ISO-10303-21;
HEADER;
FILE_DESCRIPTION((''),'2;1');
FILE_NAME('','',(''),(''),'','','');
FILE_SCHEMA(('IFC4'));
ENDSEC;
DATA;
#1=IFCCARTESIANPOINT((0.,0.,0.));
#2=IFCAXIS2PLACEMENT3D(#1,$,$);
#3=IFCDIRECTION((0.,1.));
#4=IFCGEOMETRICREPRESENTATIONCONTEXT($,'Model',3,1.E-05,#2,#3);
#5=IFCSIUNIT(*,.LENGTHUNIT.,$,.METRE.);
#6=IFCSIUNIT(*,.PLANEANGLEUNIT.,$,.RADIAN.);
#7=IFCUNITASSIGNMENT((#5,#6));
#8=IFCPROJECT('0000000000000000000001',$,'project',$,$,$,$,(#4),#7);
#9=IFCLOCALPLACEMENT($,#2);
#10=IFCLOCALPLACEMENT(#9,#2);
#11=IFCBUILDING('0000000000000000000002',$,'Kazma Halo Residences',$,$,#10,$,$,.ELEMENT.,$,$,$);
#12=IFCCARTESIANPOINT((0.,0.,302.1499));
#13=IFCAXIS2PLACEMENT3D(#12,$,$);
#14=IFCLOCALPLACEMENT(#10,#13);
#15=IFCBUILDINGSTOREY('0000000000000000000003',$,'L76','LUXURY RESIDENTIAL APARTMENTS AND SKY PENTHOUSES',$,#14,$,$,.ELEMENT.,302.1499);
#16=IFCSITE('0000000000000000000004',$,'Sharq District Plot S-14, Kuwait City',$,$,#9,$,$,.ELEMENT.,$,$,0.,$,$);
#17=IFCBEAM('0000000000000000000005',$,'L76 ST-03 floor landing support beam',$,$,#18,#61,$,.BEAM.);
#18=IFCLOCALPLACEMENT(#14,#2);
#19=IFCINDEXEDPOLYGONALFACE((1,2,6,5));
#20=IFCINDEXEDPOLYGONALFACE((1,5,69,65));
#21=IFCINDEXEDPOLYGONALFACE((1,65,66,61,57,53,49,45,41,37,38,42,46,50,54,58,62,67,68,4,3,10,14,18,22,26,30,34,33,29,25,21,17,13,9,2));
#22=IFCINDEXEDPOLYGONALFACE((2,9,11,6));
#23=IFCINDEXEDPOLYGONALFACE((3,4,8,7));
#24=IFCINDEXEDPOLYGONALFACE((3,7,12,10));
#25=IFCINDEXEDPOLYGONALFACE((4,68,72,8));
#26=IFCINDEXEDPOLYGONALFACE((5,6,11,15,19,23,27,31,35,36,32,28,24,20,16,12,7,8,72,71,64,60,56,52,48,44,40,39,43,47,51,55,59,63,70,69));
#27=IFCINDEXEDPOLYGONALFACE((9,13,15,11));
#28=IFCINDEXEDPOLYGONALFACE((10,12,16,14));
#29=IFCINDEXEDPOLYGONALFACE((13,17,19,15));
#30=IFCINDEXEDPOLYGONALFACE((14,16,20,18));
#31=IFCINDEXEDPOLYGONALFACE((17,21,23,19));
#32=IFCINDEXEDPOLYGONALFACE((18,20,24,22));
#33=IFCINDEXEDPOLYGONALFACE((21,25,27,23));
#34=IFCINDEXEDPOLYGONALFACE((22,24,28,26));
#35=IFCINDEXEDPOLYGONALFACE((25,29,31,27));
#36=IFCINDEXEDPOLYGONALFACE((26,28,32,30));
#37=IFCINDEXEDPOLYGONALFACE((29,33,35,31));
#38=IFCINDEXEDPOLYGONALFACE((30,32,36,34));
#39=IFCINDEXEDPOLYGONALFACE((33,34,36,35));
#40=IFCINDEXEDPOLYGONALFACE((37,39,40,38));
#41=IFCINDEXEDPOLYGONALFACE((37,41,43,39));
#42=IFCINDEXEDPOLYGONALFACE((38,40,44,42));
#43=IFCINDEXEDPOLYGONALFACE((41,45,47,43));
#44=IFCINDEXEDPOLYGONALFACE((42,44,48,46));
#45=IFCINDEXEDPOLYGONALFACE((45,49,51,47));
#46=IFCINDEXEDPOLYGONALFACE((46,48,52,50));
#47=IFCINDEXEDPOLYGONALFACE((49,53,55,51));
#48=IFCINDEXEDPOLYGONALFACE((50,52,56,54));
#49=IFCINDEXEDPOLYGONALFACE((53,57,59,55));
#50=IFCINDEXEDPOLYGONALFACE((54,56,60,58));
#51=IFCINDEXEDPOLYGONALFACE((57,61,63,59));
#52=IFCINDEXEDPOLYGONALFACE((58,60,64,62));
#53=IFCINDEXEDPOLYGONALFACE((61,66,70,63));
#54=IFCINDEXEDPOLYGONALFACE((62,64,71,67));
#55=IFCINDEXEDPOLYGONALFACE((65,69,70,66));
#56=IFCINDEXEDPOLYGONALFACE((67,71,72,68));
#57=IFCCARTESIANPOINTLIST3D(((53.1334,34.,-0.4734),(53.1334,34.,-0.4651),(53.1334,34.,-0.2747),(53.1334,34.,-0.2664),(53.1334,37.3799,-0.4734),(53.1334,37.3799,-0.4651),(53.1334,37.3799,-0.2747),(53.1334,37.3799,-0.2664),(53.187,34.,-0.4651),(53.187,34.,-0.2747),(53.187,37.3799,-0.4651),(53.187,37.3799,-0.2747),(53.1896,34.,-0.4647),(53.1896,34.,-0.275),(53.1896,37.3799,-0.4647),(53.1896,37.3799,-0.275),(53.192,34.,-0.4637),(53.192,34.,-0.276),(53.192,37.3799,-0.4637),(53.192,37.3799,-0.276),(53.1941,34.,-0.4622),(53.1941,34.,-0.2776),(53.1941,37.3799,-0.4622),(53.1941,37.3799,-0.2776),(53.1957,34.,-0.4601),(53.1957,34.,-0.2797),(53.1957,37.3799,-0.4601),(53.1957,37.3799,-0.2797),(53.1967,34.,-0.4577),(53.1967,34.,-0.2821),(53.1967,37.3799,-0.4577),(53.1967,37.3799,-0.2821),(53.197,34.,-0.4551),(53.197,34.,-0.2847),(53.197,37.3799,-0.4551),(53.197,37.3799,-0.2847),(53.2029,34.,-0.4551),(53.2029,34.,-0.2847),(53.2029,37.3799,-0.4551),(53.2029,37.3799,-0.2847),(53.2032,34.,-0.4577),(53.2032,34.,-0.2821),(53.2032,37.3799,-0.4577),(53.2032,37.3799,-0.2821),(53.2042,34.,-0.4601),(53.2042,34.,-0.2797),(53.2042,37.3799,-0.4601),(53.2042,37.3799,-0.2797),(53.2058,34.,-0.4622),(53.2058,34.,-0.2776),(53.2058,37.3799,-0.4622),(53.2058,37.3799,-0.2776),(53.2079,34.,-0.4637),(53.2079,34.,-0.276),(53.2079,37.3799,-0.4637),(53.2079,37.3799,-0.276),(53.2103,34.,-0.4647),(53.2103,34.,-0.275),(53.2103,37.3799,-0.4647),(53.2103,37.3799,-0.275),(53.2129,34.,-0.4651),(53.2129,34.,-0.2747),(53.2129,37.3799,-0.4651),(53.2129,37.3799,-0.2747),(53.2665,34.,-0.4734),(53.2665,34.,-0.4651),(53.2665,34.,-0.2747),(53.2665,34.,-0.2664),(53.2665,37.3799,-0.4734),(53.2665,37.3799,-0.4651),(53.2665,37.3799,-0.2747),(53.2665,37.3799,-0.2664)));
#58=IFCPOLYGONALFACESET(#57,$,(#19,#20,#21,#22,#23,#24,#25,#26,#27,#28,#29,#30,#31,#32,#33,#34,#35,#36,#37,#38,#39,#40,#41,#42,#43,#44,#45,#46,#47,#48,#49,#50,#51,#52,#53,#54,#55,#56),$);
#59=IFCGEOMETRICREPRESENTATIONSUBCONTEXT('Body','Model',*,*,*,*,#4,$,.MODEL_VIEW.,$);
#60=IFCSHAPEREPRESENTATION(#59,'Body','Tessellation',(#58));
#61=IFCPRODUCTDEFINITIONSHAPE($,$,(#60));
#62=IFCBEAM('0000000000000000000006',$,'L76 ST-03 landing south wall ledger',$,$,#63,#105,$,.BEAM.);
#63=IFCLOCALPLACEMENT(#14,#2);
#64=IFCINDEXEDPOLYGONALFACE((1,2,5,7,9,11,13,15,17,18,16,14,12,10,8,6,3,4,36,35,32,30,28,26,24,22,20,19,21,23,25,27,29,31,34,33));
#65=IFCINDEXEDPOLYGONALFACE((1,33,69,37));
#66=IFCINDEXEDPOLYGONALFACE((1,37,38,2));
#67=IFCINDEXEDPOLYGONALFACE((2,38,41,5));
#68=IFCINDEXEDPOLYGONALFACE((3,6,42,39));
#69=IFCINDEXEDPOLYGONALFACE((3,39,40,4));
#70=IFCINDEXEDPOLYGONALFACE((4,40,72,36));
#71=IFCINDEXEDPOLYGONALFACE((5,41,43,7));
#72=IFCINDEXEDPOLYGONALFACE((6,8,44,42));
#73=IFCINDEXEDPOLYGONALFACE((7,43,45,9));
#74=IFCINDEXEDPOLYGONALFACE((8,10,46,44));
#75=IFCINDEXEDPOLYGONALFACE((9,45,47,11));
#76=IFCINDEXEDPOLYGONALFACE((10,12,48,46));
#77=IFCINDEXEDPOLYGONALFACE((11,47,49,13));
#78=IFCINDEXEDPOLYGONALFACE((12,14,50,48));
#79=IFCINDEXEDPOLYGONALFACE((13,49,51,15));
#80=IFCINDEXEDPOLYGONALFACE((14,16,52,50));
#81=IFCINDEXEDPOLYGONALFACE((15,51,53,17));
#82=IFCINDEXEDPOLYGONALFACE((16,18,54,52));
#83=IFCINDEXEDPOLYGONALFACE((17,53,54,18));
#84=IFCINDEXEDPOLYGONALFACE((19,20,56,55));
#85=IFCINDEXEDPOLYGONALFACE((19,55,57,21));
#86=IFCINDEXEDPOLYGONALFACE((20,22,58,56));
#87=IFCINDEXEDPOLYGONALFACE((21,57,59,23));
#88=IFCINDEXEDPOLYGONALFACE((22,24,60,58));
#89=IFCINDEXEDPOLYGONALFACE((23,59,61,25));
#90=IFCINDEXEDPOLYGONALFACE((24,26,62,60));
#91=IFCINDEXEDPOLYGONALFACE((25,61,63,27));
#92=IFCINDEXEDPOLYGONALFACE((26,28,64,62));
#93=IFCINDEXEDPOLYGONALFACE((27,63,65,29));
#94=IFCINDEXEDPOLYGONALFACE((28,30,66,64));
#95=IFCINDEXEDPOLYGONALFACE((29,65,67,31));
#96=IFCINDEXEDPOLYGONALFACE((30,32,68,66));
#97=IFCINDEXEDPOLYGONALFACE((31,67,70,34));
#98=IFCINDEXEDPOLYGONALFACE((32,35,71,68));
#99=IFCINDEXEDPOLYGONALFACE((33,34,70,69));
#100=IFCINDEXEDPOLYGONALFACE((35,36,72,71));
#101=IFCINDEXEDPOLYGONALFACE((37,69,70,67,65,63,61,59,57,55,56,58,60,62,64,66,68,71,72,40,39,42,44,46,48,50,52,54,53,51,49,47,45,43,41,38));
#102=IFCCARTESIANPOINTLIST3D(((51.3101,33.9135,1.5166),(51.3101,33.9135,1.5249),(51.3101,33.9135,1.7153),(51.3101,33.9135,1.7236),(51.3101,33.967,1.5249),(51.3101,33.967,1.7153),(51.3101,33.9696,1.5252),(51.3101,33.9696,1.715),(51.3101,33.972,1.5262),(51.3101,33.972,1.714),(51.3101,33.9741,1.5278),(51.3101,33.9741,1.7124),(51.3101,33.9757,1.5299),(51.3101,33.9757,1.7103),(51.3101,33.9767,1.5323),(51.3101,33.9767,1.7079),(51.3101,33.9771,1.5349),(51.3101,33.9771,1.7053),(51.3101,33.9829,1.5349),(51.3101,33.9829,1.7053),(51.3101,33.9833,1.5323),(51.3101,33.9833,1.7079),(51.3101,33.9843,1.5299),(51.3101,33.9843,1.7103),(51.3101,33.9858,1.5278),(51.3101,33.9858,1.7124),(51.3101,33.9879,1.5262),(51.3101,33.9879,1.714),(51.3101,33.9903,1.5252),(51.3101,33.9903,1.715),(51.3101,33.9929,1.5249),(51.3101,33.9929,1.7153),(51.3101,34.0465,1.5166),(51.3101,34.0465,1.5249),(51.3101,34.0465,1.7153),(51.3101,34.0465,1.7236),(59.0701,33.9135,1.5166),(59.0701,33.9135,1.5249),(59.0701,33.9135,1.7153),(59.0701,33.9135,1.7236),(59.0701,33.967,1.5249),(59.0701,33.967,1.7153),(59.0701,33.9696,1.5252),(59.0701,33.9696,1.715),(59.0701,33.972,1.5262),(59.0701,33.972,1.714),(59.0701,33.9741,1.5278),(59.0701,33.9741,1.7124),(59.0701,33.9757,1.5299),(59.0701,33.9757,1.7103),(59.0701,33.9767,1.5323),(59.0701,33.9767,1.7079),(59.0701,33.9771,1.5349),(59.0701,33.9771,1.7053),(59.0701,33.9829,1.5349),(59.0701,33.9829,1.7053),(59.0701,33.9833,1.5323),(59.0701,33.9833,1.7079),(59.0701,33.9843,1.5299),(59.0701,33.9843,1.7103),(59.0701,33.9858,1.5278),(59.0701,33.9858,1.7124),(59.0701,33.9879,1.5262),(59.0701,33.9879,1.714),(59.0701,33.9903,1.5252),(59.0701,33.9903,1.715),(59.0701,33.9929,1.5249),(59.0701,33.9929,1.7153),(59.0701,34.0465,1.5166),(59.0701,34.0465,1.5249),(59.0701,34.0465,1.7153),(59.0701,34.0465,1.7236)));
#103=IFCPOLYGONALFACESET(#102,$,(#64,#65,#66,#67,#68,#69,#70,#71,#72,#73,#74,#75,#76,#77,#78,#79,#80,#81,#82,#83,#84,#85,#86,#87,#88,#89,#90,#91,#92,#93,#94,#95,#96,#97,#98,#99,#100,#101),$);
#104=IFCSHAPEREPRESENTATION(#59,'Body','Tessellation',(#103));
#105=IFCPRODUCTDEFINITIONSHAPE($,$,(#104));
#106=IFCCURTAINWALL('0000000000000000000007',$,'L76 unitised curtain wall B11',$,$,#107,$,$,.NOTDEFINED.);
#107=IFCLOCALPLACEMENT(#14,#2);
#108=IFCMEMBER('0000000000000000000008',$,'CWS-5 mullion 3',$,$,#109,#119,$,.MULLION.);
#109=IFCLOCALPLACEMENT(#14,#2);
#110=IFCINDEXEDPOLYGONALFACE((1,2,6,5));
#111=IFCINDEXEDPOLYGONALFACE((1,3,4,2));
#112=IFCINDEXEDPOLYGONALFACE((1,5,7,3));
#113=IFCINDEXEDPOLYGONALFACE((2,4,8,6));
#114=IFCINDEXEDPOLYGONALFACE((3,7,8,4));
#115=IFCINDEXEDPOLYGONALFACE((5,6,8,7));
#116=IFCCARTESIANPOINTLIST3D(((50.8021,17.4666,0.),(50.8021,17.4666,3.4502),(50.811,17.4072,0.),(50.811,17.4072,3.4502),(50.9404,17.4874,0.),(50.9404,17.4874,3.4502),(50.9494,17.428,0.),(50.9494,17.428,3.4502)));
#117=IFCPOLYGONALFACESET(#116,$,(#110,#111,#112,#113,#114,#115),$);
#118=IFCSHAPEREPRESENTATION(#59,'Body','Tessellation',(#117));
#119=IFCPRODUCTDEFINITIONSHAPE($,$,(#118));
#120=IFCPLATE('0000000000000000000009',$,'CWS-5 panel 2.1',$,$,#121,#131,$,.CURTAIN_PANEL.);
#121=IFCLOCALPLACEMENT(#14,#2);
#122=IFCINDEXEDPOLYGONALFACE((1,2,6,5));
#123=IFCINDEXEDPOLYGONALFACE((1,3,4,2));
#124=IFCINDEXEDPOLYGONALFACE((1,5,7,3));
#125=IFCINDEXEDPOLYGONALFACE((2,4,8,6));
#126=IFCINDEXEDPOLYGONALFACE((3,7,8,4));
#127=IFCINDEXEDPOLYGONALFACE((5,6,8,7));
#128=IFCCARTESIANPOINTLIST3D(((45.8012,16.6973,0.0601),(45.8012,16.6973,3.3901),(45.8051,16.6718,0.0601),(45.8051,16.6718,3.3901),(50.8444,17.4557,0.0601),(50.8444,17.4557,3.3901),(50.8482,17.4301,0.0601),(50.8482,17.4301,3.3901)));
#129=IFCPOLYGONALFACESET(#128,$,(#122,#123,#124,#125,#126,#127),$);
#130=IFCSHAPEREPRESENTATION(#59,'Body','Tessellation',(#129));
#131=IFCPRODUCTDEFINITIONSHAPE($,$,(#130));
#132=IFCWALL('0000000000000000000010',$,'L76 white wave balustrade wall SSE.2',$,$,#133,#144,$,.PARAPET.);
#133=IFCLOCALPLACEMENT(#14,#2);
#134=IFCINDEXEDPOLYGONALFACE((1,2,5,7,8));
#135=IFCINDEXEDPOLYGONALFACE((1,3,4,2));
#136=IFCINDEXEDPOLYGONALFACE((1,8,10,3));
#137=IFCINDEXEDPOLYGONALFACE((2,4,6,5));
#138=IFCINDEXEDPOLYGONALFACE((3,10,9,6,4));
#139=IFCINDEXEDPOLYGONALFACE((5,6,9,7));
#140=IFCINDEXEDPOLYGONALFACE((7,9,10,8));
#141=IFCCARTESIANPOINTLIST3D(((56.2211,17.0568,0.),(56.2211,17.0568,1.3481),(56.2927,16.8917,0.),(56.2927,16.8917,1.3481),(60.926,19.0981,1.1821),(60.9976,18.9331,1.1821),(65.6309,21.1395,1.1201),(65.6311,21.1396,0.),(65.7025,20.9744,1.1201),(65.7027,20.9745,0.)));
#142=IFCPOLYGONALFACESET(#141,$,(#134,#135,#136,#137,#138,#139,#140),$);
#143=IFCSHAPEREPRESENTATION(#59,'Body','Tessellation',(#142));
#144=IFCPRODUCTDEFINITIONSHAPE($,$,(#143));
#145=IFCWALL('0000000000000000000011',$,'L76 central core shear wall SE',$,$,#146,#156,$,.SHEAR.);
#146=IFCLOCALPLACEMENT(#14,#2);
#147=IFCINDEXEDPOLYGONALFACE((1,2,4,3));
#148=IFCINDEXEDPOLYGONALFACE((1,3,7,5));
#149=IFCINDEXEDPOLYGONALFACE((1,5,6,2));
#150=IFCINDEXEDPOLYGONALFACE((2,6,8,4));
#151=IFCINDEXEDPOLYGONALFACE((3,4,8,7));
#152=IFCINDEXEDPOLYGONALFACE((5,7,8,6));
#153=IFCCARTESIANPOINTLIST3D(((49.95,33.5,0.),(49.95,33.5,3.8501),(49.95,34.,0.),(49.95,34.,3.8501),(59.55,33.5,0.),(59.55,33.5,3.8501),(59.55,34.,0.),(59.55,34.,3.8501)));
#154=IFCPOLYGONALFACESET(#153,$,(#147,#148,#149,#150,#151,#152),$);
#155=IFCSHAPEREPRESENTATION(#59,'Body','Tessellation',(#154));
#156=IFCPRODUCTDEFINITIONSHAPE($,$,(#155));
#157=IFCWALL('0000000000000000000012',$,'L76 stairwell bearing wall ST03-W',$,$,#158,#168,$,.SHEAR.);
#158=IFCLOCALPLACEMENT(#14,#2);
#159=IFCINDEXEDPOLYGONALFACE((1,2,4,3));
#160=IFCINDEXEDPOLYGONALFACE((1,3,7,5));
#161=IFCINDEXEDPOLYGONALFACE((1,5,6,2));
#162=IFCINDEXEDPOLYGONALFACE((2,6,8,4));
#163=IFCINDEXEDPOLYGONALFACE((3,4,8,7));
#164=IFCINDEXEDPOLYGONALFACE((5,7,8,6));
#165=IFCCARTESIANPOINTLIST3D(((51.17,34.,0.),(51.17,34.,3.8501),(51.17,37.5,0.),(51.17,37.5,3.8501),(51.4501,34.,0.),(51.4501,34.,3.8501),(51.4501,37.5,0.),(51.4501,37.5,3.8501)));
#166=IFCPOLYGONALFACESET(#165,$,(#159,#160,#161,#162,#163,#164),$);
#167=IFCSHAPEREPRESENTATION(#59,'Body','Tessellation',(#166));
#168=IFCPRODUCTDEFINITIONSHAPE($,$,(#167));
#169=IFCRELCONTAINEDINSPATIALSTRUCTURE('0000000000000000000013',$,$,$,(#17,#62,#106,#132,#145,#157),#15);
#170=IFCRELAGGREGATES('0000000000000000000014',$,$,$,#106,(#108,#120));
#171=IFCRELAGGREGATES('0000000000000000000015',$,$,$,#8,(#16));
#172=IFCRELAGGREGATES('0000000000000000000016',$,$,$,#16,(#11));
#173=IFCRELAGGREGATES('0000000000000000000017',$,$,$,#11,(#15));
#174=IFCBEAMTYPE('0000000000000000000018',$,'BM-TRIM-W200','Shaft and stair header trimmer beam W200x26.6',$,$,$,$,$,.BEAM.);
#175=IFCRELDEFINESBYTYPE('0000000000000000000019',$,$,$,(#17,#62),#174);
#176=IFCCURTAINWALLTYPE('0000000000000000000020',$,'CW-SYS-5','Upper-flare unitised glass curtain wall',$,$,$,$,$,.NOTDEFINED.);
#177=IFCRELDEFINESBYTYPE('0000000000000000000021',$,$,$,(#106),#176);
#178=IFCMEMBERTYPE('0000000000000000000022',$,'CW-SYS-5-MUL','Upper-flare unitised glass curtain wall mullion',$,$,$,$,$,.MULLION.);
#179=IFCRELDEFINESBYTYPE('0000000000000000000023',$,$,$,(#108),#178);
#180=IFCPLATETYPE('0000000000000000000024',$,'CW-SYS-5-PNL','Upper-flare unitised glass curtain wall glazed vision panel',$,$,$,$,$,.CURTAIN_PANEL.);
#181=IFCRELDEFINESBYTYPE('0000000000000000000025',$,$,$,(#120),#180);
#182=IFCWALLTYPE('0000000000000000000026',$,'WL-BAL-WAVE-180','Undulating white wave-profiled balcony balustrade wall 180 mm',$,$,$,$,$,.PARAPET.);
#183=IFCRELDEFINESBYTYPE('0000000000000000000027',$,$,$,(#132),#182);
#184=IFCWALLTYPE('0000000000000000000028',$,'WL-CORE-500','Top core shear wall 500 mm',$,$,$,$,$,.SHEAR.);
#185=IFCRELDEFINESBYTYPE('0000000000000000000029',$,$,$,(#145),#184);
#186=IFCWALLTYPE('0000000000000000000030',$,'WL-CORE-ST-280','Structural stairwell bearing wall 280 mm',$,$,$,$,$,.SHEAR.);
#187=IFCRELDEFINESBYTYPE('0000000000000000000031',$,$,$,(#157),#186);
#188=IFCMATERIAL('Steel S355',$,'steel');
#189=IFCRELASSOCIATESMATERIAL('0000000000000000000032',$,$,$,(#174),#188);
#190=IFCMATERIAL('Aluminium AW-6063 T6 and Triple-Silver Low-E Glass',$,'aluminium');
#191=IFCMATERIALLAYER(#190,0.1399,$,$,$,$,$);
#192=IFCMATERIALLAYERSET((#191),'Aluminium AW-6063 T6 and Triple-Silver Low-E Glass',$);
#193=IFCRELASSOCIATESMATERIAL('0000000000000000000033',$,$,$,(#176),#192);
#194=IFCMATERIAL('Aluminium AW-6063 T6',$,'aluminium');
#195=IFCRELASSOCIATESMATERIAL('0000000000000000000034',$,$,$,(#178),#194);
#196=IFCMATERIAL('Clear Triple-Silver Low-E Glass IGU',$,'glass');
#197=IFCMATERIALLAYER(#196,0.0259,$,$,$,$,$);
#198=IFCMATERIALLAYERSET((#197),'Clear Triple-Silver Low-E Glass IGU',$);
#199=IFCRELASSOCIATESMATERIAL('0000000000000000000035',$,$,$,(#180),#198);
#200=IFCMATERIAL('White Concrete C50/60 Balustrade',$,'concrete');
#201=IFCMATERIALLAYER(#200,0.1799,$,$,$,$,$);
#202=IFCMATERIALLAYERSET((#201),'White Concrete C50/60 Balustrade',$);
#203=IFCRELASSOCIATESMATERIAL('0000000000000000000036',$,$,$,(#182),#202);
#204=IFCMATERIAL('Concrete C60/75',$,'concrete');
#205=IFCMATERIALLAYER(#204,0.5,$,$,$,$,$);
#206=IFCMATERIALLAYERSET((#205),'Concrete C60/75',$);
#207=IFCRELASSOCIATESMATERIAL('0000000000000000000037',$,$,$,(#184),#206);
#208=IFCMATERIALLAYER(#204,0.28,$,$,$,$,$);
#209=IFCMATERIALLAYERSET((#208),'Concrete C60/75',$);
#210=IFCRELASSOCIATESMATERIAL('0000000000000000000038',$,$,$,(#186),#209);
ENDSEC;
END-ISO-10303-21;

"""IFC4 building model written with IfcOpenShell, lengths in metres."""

from ifc_helpers import new_model, si_unit, direction, frame, frame_2d, origin, origin_2d, place, context, subcontext, project, spatial, polyline, rectangle, i_section, outline, extrude, material, layer, layer_set, material_profile, profile_set, type_object, element, aggregate, save


model = new_model("IFC4")

# Units and contexts
model_context = context("Model", 3, precision=1e-05, world=origin(), true_north=direction((0.0, 1.0)))
body_context = subcontext(model_context, "Body", "Model", "MODEL_VIEW")
ifc_project = project(units=[si_unit("LENGTHUNIT", "METRE"), si_unit("PLANEANGLEUNIT", "RADIAN")], contexts=[model_context])

# Site, building, storey
site_placement = place(None, origin())
site = spatial("IfcSite", under=ifc_project, at=site_placement, Name="Sharq District Plot S-14, Kuwait City", CompositionType="ELEMENT", RefElevation=0.0)
building_placement = place(site_placement, origin())
building = spatial("IfcBuilding", under=site, at=building_placement, Name="Kazma Halo Residences", CompositionType="ELEMENT")
storey_placement = place(building_placement, frame((0.0, 0.0, 302.1499)))
storey = spatial("IfcBuildingStorey", under=building, at=storey_placement, Name="L76", Description="LUXURY RESIDENTIAL APARTMENTS AND SKY PENTHOUSES", CompositionType="ELEMENT", Elevation=302.1499)

# Shared definitions
ifc_material_1 = material(Name="Concrete C60/75", Category="concrete")

# Beams
ifc_material_2 = material(Name="Steel S355", Category="steel")
ifc_material_profile_1 = material_profile(ifc_material_2, i_section(OverallWidth=0.1331, OverallDepth=0.207, WebThickness=0.0059, FlangeThickness=0.0083, FilletRadius=0.01, at=origin_2d()), Name="W200x26.6")
ifc_profile_set_1 = profile_set([ifc_material_profile_1], Name="Steel S355")
beam_type_1 = type_object("IfcBeamType", Name="BM-TRIM-W200", Description="Shaft and stair header trimmer beam W200x26.6", PredefinedType="BEAM", material=ifc_profile_set_1)
beam_1_placement = place(storey_placement, frame((53.2, 34.0, -0.3699), z_axis=(0.0, 1.0, 0.0), x_axis=(-1.0, 0.0, 0.0)))
element("IfcBeam", 1, at=beam_1_placement, inside=storey, type_object=beam_type_1, Name="L76 ST-03 floor landing support beam", PredefinedType="BEAM", context=body_context, shape_type="SweptSolid", body=[
    extrude(i_section(OverallWidth=0.1331, OverallDepth=0.207, WebThickness=0.0059, FlangeThickness=0.0083, FilletRadius=0.01, at=origin_2d()), origin(), (0.0, 0.0, 1.0), 3.3799),
])
beam_2_placement = place(storey_placement, frame((51.3101, 33.98, 1.6201), z_axis=(1.0, 0.0, 0.0), x_axis=(0.0, 1.0, 0.0)))
element("IfcBeam", 2, at=beam_2_placement, inside=storey, type_object=beam_type_1, Name="L76 ST-03 landing south wall ledger", PredefinedType="BEAM", context=body_context, shape_type="SweptSolid", body=[
    extrude(i_section(OverallWidth=0.1331, OverallDepth=0.207, WebThickness=0.0059, FlangeThickness=0.0083, FilletRadius=0.01, at=origin_2d()), origin(), (0.0, 0.0, 1.0), 7.76),
])

# Curtain wall, member, plate
ifc_material_3 = material(Name="Aluminium AW-6063 T6 and Triple-Silver Low-E Glass", Category="aluminium")
ifc_layer_1 = layer(ifc_material_3, 0.1399)
ifc_layer_set_1 = layer_set([ifc_layer_1], Name="Aluminium AW-6063 T6 and Triple-Silver Low-E Glass")
curtain_wall_type = type_object("IfcCurtainWallType", Name="CW-SYS-5", Description="Upper-flare unitised glass curtain wall", PredefinedType="NOTDEFINED", material=ifc_layer_set_1)
curtain_wall_placement = place(storey_placement, origin())
curtain_wall = element("IfcCurtainWall", 3, at=curtain_wall_placement, inside=storey, type_object=curtain_wall_type, Name="L76 unitised curtain wall B11", PredefinedType="NOTDEFINED")
ifc_material_4 = material(Name="Aluminium AW-6063 T6", Category="aluminium")
ifc_material_profile_2 = material_profile(ifc_material_4, rectangle(XDim=0.0601, YDim=0.1399, at=origin_2d()), Name="CWM-60x140")
ifc_profile_set_2 = profile_set([ifc_material_profile_2], Name="Aluminium AW-6063 T6")
member_type = type_object("IfcMemberType", Name="CW-SYS-5-MUL", Description="Upper-flare unitised glass curtain wall mullion", PredefinedType="MULLION", material=ifc_profile_set_2)
member_placement = place(storey_placement, frame((50.8757, 17.4473, 0.0), z_axis=(0.0, 0.0, 1.0), x_axis=(-0.148697, 0.988883, 0.0)))
member = element("IfcMember", 4, at=member_placement, type_object=member_type, Name="CWS-5 mullion 3", PredefinedType="MULLION", context=body_context, shape_type="SweptSolid", body=[
    extrude(rectangle(XDim=0.0601, YDim=0.1399, at=origin_2d()), origin(), (0.0, 0.0, 1.0), 3.4502),
])
ifc_material_5 = material(Name="Clear Triple-Silver Low-E Glass IGU", Category="glass")
ifc_layer_2 = layer(ifc_material_5, 0.0259)
ifc_layer_set_2 = layer_set([ifc_layer_2], Name="Clear Triple-Silver Low-E Glass IGU")
plate_type = type_object("IfcPlateType", Name="CW-SYS-5-PNL", Description="Upper-flare unitised glass curtain wall glazed vision panel", PredefinedType="CURTAIN_PANEL", material=ifc_layer_set_2)
plate_placement = place(storey_placement, frame((48.3247, 17.0637, 0.0601), z_axis=(0.0, 0.0, 1.0), x_axis=(0.988883, 0.148697, 0.0)))
plate = element("IfcPlate", 5, at=plate_placement, type_object=plate_type, Name="CWS-5 panel 2.1", PredefinedType="CURTAIN_PANEL", context=body_context, shape_type="SweptSolid", body=[
    extrude(rectangle(XDim=5.0999, YDim=0.0259, at=origin_2d()), origin(), (0.0, 0.0, 1.0), 3.3301),
])
aggregate(curtain_wall, [member, plate])

# Walls
ifc_material_6 = material(Name="White Concrete C50/60 Balustrade", Category="concrete")
ifc_layer_3 = layer(ifc_material_6, 0.1799)
ifc_layer_set_3 = layer_set([ifc_layer_3], Name="White Concrete C50/60 Balustrade")
wall_type_1 = type_object("IfcWallType", Name="WL-BAL-WAVE-180", Description="Undulating white wave-profiled balcony balustrade wall 180 mm", PredefinedType="PARAPET", material=ifc_layer_set_3)
wall_1_placement = place(storey_placement, frame((56.2568, 16.9744, 0.0), z_axis=(0.0, 0.0, 1.0), x_axis=(0.917373, 0.398029, 0.0)))
element("IfcWall", 6, at=wall_1_placement, inside=storey, type_object=wall_type_1, Name="L76 white wave balustrade wall SSE.2", PredefinedType="PARAPET", context=body_context, shape_type="SweptSolid", body=[
    extrude(outline(polyline([(0.0, 0.0), (10.2576, 0.0), (10.2573, 1.1201), (5.1287, 1.1821), (0.0, 1.3481), (0.0, 0.0)])), frame((0.0, 0.0898, 0.0), z_axis=(0.0, -1.0, 0.0), x_axis=(1.0, 0.0, 0.0)), (0.0, 0.0, 1.0), 0.1799),
])
ifc_layer_4 = layer(ifc_material_1, 0.5)
ifc_layer_set_4 = layer_set([ifc_layer_4], Name="Concrete C60/75")
wall_type_2 = type_object("IfcWallType", Name="WL-CORE-500", Description="Top core shear wall 500 mm", PredefinedType="SHEAR", material=ifc_layer_set_4)
wall_2_placement = place(storey_placement, frame((49.95, 33.75, 0.0), z_axis=(0.0, 0.0, 1.0), x_axis=(1.0, 0.0, 0.0)))
element("IfcWall", 7, at=wall_2_placement, inside=storey, type_object=wall_type_2, Name="L76 central core shear wall SE", PredefinedType="SHEAR", context=body_context, shape_type="SweptSolid", body=[
    extrude(rectangle(XDim=9.6001, YDim=0.5, at=frame_2d((4.8, 0.0))), origin(), (0.0, 0.0, 1.0), 3.8501),
])
ifc_layer_5 = layer(ifc_material_1, 0.28)
ifc_layer_set_5 = layer_set([ifc_layer_5], Name="Concrete C60/75")
wall_type_3 = type_object("IfcWallType", Name="WL-CORE-ST-280", Description="Structural stairwell bearing wall 280 mm", PredefinedType="SHEAR", material=ifc_layer_set_5)
wall_3_placement = place(storey_placement, frame((51.3101, 34.0, 0.0), z_axis=(0.0, 0.0, 1.0), x_axis=(0.0, 1.0, 0.0)))
element("IfcWall", 8, at=wall_3_placement, inside=storey, type_object=wall_type_3, Name="L76 stairwell bearing wall ST03-W", PredefinedType="SHEAR", context=body_context, shape_type="SweptSolid", body=[
    extrude(rectangle(XDim=3.5, YDim=0.28, at=frame_2d((1.75, 0.0))), origin(), (0.0, 0.0, 1.0), 3.8501),
])

save(model, "model.ifc")
